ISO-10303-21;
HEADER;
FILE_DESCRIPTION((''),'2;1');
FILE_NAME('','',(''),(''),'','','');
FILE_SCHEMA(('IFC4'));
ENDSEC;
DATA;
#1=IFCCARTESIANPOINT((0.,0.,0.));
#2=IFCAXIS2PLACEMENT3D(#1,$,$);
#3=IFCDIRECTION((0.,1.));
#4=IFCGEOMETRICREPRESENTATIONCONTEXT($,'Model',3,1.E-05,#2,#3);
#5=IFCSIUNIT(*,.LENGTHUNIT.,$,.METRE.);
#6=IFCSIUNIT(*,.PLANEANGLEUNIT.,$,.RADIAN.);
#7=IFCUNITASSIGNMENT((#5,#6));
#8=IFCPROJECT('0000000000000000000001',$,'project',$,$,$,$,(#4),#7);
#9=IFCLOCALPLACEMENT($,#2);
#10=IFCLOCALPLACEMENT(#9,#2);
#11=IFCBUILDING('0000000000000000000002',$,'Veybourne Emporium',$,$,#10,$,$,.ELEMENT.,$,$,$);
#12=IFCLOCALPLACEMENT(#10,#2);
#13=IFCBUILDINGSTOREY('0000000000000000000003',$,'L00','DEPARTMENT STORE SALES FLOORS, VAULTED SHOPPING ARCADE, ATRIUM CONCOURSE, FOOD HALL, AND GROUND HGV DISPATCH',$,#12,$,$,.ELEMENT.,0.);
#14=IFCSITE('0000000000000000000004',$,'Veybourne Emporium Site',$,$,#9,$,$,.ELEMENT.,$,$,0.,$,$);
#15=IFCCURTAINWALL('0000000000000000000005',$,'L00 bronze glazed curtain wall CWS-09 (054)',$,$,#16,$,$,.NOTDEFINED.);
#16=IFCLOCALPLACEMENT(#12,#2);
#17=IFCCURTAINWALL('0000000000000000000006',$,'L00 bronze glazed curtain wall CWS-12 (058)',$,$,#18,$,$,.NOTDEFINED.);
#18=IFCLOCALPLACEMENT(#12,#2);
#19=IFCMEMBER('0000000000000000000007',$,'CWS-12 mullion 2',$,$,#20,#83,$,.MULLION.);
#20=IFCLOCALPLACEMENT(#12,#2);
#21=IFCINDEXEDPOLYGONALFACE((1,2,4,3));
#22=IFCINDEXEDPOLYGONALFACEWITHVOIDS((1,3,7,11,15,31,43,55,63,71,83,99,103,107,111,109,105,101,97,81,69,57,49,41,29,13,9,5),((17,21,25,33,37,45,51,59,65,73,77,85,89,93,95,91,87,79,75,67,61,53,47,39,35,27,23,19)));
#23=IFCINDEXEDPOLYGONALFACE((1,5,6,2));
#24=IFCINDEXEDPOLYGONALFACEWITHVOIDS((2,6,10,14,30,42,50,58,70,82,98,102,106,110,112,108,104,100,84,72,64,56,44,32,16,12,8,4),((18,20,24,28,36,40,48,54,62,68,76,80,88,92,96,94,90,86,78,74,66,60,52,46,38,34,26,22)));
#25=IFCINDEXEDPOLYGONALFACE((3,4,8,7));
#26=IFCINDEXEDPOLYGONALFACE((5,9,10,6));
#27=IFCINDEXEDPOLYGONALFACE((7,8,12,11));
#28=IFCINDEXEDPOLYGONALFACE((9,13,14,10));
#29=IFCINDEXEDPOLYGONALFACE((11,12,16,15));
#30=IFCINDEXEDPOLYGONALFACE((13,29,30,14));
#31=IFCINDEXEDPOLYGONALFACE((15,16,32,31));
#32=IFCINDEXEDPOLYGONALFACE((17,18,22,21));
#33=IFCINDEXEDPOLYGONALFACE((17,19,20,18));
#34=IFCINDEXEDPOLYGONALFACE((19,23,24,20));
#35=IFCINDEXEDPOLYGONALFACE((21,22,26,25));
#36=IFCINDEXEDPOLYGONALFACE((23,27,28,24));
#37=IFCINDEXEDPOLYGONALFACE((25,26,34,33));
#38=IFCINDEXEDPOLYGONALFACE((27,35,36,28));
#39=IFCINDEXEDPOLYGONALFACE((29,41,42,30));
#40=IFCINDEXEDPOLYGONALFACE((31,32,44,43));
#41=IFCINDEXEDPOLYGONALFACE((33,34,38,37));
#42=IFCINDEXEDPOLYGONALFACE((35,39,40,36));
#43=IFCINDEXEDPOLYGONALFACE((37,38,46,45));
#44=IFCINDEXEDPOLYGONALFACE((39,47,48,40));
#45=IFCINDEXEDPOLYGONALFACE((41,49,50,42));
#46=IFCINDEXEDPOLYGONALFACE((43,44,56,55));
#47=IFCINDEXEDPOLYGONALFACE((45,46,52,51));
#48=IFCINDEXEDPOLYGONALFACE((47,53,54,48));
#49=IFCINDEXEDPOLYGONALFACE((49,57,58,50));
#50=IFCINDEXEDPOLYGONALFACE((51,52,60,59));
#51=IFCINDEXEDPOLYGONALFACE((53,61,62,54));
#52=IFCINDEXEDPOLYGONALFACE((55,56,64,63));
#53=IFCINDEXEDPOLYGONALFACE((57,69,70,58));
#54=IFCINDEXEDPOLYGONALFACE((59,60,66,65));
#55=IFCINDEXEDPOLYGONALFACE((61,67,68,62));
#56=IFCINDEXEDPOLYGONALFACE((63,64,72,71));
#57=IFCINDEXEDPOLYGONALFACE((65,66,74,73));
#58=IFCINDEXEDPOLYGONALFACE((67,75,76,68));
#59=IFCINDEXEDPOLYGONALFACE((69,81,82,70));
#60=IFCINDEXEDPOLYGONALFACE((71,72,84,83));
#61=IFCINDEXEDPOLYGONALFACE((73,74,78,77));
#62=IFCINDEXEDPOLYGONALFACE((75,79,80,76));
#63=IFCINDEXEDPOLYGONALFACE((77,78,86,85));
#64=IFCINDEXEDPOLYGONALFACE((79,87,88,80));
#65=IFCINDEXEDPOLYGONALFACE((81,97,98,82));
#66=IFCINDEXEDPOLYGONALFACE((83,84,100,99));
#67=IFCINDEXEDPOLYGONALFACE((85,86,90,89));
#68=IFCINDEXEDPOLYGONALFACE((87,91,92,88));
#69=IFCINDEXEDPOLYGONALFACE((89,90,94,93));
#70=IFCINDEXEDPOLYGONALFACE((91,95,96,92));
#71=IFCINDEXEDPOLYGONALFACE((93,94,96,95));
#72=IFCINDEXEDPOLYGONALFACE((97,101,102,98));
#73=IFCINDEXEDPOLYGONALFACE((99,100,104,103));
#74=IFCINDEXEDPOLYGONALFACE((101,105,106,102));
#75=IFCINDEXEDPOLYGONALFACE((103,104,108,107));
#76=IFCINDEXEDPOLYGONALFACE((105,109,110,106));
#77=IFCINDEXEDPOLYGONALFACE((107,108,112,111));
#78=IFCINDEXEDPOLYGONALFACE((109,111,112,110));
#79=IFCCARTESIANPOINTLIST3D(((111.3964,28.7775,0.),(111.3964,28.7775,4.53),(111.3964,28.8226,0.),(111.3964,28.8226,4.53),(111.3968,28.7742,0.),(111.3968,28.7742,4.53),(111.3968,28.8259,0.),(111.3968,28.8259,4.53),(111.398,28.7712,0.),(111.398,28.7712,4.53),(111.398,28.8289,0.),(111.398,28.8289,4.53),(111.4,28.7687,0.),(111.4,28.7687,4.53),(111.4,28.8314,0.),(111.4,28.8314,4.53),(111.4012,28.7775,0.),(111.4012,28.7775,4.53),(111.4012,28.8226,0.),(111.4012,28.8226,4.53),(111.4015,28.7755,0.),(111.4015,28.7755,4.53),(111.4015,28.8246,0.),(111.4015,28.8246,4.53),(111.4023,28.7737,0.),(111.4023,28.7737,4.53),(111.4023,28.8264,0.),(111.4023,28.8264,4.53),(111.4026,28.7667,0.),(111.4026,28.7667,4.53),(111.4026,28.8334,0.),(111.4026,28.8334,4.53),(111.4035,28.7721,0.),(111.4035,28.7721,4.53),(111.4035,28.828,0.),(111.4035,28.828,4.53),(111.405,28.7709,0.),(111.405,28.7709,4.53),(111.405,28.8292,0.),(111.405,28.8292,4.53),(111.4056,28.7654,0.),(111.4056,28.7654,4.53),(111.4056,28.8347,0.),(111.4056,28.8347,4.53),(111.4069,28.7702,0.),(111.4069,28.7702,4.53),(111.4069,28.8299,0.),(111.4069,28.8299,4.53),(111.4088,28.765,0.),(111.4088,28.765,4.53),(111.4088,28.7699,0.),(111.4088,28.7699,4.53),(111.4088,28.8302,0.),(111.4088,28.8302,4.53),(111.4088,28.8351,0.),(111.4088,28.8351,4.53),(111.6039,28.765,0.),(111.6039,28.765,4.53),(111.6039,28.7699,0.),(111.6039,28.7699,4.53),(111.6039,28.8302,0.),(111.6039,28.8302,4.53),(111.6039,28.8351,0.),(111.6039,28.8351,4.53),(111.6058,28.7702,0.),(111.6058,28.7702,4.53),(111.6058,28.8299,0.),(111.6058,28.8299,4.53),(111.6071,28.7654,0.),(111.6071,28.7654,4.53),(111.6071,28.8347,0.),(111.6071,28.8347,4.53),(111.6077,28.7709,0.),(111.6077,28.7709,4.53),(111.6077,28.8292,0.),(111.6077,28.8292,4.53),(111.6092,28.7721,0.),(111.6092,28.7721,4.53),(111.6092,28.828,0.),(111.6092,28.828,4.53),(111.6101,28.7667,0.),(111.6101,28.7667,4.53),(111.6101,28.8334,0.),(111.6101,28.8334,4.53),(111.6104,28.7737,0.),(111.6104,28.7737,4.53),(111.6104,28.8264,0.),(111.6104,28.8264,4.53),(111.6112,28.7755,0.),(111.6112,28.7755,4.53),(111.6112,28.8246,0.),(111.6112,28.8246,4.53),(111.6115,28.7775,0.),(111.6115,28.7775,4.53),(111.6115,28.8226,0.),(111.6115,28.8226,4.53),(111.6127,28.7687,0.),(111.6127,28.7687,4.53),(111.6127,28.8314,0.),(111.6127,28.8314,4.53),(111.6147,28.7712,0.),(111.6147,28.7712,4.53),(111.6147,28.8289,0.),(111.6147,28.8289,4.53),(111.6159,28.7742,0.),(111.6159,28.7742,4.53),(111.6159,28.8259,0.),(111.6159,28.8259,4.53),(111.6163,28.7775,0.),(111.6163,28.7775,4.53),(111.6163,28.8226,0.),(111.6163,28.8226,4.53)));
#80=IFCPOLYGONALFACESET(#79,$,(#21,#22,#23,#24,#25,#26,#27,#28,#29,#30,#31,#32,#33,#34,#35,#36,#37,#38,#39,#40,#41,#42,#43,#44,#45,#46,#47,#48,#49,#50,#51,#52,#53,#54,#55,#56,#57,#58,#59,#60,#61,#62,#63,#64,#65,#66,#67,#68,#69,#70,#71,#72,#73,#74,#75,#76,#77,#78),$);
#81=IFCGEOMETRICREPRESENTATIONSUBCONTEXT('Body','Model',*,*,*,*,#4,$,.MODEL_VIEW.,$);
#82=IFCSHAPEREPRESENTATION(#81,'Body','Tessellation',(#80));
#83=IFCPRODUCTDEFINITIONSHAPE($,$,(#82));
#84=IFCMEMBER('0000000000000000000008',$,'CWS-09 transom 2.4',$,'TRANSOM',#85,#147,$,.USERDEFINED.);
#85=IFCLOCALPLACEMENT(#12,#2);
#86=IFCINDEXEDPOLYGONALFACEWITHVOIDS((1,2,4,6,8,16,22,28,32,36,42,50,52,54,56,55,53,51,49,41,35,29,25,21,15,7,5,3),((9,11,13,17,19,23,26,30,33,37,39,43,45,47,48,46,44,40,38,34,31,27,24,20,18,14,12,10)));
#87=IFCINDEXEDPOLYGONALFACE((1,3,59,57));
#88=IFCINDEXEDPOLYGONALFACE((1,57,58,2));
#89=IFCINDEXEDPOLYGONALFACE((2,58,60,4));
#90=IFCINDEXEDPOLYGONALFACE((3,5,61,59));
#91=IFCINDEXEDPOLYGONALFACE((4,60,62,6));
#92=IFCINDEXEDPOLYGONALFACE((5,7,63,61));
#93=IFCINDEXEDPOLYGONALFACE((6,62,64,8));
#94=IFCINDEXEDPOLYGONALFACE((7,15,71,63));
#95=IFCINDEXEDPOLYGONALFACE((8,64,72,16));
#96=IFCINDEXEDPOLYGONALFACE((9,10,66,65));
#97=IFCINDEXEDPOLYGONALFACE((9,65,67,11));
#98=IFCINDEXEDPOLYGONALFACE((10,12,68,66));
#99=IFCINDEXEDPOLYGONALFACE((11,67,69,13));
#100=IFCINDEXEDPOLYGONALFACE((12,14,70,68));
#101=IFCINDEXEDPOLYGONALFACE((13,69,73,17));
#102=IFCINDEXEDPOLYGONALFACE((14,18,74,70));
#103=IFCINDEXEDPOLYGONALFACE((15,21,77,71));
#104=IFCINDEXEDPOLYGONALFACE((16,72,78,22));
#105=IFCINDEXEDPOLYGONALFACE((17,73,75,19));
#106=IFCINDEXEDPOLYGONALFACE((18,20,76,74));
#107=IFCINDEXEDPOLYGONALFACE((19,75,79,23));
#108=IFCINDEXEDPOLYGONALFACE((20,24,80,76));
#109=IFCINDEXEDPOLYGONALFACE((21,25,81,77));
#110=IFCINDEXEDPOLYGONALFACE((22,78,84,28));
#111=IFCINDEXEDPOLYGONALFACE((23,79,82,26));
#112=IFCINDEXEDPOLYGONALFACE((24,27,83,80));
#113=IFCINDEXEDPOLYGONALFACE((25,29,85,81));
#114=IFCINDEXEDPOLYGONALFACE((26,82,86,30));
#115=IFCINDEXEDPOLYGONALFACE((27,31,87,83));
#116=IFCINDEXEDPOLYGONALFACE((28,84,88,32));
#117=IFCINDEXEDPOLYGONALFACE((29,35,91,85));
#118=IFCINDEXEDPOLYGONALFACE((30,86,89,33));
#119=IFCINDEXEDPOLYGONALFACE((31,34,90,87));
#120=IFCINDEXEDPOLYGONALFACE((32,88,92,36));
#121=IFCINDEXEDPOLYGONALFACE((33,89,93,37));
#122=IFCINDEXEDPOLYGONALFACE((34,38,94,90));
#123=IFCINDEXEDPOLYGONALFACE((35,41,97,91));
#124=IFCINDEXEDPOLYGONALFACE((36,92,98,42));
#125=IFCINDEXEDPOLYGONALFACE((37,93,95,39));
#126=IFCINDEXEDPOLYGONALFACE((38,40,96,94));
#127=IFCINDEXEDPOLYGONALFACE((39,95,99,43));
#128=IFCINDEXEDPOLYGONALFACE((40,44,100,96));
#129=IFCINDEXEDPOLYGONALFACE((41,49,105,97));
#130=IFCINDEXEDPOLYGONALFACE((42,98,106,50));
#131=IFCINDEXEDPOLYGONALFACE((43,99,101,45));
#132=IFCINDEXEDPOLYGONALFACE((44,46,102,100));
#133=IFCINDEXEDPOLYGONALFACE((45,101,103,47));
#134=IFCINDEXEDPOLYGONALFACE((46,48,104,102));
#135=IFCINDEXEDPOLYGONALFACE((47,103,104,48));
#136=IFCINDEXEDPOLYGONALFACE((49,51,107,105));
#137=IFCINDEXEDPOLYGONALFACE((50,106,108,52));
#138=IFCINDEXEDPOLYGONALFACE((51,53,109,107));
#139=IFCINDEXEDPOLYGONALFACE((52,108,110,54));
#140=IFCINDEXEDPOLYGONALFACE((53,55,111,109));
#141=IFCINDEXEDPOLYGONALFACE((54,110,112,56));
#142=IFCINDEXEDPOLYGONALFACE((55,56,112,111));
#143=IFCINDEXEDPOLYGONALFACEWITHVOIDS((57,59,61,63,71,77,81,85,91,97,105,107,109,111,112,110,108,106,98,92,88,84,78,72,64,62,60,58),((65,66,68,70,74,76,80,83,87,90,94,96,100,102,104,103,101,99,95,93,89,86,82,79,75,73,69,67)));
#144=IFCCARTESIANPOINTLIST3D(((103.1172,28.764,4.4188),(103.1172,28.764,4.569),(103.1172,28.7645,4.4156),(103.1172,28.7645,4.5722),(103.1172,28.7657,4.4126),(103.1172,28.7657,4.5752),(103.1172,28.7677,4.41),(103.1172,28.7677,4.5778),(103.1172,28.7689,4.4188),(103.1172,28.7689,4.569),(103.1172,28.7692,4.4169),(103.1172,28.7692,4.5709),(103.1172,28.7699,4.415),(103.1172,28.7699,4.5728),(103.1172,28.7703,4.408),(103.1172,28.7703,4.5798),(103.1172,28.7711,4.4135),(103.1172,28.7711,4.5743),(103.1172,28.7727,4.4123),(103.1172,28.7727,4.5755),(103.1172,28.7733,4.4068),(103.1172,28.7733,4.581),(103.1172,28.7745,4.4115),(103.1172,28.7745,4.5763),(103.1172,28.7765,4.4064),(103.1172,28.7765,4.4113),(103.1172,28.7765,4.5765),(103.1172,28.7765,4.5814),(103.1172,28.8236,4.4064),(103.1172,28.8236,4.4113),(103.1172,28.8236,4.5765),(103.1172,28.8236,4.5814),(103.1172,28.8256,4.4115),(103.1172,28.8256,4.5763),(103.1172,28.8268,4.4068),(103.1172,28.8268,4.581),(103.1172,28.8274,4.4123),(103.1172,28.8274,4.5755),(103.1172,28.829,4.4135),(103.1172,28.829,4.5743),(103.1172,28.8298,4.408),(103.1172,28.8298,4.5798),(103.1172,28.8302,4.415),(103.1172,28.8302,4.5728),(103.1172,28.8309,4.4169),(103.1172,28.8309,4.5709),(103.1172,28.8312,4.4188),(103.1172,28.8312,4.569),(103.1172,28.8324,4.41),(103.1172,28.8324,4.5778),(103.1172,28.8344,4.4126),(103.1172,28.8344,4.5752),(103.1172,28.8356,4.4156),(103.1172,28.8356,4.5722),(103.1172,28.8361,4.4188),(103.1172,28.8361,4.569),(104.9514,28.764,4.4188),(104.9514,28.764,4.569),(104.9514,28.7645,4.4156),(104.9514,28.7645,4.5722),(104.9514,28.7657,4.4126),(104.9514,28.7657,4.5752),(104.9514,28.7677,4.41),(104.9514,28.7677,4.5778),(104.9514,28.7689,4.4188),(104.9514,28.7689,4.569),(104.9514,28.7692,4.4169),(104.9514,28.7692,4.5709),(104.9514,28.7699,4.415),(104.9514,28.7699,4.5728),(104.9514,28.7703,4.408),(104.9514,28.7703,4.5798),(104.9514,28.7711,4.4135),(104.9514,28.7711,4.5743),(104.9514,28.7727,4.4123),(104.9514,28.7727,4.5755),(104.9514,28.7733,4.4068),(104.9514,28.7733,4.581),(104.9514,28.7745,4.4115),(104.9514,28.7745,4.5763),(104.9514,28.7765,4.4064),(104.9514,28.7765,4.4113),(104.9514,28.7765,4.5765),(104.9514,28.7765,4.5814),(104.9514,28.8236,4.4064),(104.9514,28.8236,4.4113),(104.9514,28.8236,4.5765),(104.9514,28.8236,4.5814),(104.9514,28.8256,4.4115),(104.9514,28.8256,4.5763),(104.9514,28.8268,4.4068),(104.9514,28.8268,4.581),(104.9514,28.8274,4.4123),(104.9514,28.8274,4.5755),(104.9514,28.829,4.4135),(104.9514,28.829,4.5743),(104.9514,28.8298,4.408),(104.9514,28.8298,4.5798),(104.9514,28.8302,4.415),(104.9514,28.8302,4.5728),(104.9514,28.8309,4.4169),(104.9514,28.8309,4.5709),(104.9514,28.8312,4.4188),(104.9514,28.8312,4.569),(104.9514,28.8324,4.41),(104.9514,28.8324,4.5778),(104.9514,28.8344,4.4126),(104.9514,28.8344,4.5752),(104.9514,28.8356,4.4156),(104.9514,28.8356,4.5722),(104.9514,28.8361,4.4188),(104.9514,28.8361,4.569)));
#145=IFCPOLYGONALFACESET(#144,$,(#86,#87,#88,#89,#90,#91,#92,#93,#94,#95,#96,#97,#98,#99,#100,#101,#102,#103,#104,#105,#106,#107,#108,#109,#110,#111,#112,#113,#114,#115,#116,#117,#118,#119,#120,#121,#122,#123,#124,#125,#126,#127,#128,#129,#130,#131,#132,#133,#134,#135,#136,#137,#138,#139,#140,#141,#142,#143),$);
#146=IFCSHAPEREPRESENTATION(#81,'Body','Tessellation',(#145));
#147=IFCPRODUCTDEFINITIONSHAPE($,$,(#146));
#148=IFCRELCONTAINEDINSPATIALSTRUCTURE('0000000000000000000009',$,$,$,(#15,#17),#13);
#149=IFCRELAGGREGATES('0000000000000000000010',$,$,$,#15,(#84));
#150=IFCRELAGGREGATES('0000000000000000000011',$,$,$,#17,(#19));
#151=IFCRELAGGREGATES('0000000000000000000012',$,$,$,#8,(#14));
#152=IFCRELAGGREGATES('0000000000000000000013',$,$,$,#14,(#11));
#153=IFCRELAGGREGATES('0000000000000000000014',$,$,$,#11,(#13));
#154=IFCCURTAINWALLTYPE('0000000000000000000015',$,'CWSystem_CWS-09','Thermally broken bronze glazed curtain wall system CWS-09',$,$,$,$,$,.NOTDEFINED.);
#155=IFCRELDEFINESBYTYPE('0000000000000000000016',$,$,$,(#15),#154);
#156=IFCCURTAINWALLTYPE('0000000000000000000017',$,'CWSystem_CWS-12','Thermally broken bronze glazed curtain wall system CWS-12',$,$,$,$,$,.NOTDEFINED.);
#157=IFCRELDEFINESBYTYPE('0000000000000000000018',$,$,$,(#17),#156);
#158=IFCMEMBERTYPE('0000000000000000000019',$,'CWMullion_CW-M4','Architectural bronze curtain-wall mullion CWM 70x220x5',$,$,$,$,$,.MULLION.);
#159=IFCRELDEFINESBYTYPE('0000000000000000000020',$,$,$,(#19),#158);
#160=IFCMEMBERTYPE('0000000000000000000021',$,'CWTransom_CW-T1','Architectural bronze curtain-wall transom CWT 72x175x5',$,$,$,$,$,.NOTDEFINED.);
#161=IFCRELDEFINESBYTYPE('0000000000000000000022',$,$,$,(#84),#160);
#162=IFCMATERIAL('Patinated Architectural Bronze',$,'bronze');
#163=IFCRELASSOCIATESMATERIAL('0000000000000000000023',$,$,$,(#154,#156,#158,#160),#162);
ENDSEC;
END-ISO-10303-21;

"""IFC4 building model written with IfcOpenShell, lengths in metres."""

from ifc_helpers import new_model, si_unit, direction, frame, origin, origin_2d, place, context, subcontext, project, spatial, hollow_rectangle, extrude, material, material_profile, profile_set, type_object, element, aggregate, save


model = new_model("IFC4")

# Units and contexts
model_context = context("Model", 3, precision=1e-05, world=origin(), true_north=direction((0.0, 1.0)))
body_context = subcontext(model_context, "Body", "Model", "MODEL_VIEW")
ifc_project = project(units=[si_unit("LENGTHUNIT", "METRE"), si_unit("PLANEANGLEUNIT", "RADIAN")], contexts=[model_context])

# Site, building, storey
site_placement = place(None, origin())
site = spatial("IfcSite", under=ifc_project, at=site_placement, Name="Veybourne Emporium Site", CompositionType="ELEMENT", RefElevation=0.0)
building_placement = place(site_placement, origin())
building = spatial("IfcBuilding", under=site, at=building_placement, Name="Veybourne Emporium", CompositionType="ELEMENT")
storey_placement = place(building_placement, origin())
storey = spatial("IfcBuildingStorey", under=building, at=storey_placement, Name="L00", Description="DEPARTMENT STORE SALES FLOORS, VAULTED SHOPPING ARCADE, ATRIUM CONCOURSE, FOOD HALL, AND GROUND HGV DISPATCH", CompositionType="ELEMENT", Elevation=0.0)

# Curtain walls, member
ifc_material_1 = material(Name="Patinated Architectural Bronze", Category="bronze")
curtain_wall_type_1 = type_object("IfcCurtainWallType", Name="CWSystem_CWS-09", Description="Thermally broken bronze glazed curtain wall system CWS-09", PredefinedType="NOTDEFINED", material=ifc_material_1)
curtain_wall_1_placement = place(storey_placement, origin())
curtain_wall_1 = element("IfcCurtainWall", 1, at=curtain_wall_1_placement, inside=storey, type_object=curtain_wall_type_1, Name="L00 bronze glazed curtain wall CWS-09 (054)", PredefinedType="NOTDEFINED")
curtain_wall_type_2 = type_object("IfcCurtainWallType", Name="CWSystem_CWS-12", Description="Thermally broken bronze glazed curtain wall system CWS-12", PredefinedType="NOTDEFINED", material=ifc_material_1)
curtain_wall_2_placement = place(storey_placement, origin())
curtain_wall_2 = element("IfcCurtainWall", 2, at=curtain_wall_2_placement, inside=storey, type_object=curtain_wall_type_2, Name="L00 bronze glazed curtain wall CWS-12 (058)", PredefinedType="NOTDEFINED")
ifc_material_profile_1 = material_profile(ifc_material_1, hollow_rectangle(XDim=0.0701, YDim=0.22, WallThickness=0.0049, InnerFilletRadius=0.0076, OuterFilletRadius=0.0125, at=origin_2d()), Name="CWM 70x220x5")
ifc_profile_set_1 = profile_set([ifc_material_profile_1], Name="Patinated Architectural Bronze")
member_type_1 = type_object("IfcMemberType", Name="CWMullion_CW-M4", Description="Architectural bronze curtain-wall mullion CWM 70x220x5", PredefinedType="MULLION", material=ifc_profile_set_1)
member_1_placement = place(storey_placement, frame((111.5063, 28.8, 0.0), z_axis=(0.0, 0.0, 1.0), x_axis=(0.0, 1.0, 0.0)))
member_1 = element("IfcMember", 3, at=member_1_placement, type_object=member_type_1, Name="CWS-12 mullion 2", PredefinedType="MULLION", context=body_context, shape_type="SweptSolid", body=[
    extrude(hollow_rectangle(XDim=0.0701, YDim=0.22, WallThickness=0.0049, InnerFilletRadius=0.0076, OuterFilletRadius=0.0125, at=origin_2d()), origin(), (0.0, 0.0, 1.0), 4.53),
])

# Member
ifc_material_profile_2 = material_profile(ifc_material_1, hollow_rectangle(XDim=0.072, YDim=0.175, WallThickness=0.0049, InnerFilletRadius=0.0076, OuterFilletRadius=0.0125, at=origin_2d()), Name="CWT 72x175x5")
ifc_profile_set_2 = profile_set([ifc_material_profile_2], Name="Patinated Architectural Bronze")
member_type_2 = type_object("IfcMemberType", Name="CWTransom_CW-T1", Description="Architectural bronze curtain-wall transom CWT 72x175x5", PredefinedType="NOTDEFINED", material=ifc_profile_set_2)
member_2_placement = place(storey_placement, frame((103.1172, 28.8, 4.4939), z_axis=(1.0, 0.0, 0.0), x_axis=(0.0, 1.0, 0.0)))
member_2 = element("IfcMember", 4, at=member_2_placement, type_object=member_type_2, Name="CWS-09 transom 2.4", ObjectType="TRANSOM", PredefinedType="USERDEFINED", context=body_context, shape_type="SweptSolid", body=[
    extrude(hollow_rectangle(XDim=0.072, YDim=0.175, WallThickness=0.0049, InnerFilletRadius=0.0076, OuterFilletRadius=0.0125, at=origin_2d()), origin(), (0.0, 0.0, 1.0), 1.8342),
])

aggregate(curtain_wall_1, [member_2])
aggregate(curtain_wall_2, [member_1])

save(model, "model.ifc")
